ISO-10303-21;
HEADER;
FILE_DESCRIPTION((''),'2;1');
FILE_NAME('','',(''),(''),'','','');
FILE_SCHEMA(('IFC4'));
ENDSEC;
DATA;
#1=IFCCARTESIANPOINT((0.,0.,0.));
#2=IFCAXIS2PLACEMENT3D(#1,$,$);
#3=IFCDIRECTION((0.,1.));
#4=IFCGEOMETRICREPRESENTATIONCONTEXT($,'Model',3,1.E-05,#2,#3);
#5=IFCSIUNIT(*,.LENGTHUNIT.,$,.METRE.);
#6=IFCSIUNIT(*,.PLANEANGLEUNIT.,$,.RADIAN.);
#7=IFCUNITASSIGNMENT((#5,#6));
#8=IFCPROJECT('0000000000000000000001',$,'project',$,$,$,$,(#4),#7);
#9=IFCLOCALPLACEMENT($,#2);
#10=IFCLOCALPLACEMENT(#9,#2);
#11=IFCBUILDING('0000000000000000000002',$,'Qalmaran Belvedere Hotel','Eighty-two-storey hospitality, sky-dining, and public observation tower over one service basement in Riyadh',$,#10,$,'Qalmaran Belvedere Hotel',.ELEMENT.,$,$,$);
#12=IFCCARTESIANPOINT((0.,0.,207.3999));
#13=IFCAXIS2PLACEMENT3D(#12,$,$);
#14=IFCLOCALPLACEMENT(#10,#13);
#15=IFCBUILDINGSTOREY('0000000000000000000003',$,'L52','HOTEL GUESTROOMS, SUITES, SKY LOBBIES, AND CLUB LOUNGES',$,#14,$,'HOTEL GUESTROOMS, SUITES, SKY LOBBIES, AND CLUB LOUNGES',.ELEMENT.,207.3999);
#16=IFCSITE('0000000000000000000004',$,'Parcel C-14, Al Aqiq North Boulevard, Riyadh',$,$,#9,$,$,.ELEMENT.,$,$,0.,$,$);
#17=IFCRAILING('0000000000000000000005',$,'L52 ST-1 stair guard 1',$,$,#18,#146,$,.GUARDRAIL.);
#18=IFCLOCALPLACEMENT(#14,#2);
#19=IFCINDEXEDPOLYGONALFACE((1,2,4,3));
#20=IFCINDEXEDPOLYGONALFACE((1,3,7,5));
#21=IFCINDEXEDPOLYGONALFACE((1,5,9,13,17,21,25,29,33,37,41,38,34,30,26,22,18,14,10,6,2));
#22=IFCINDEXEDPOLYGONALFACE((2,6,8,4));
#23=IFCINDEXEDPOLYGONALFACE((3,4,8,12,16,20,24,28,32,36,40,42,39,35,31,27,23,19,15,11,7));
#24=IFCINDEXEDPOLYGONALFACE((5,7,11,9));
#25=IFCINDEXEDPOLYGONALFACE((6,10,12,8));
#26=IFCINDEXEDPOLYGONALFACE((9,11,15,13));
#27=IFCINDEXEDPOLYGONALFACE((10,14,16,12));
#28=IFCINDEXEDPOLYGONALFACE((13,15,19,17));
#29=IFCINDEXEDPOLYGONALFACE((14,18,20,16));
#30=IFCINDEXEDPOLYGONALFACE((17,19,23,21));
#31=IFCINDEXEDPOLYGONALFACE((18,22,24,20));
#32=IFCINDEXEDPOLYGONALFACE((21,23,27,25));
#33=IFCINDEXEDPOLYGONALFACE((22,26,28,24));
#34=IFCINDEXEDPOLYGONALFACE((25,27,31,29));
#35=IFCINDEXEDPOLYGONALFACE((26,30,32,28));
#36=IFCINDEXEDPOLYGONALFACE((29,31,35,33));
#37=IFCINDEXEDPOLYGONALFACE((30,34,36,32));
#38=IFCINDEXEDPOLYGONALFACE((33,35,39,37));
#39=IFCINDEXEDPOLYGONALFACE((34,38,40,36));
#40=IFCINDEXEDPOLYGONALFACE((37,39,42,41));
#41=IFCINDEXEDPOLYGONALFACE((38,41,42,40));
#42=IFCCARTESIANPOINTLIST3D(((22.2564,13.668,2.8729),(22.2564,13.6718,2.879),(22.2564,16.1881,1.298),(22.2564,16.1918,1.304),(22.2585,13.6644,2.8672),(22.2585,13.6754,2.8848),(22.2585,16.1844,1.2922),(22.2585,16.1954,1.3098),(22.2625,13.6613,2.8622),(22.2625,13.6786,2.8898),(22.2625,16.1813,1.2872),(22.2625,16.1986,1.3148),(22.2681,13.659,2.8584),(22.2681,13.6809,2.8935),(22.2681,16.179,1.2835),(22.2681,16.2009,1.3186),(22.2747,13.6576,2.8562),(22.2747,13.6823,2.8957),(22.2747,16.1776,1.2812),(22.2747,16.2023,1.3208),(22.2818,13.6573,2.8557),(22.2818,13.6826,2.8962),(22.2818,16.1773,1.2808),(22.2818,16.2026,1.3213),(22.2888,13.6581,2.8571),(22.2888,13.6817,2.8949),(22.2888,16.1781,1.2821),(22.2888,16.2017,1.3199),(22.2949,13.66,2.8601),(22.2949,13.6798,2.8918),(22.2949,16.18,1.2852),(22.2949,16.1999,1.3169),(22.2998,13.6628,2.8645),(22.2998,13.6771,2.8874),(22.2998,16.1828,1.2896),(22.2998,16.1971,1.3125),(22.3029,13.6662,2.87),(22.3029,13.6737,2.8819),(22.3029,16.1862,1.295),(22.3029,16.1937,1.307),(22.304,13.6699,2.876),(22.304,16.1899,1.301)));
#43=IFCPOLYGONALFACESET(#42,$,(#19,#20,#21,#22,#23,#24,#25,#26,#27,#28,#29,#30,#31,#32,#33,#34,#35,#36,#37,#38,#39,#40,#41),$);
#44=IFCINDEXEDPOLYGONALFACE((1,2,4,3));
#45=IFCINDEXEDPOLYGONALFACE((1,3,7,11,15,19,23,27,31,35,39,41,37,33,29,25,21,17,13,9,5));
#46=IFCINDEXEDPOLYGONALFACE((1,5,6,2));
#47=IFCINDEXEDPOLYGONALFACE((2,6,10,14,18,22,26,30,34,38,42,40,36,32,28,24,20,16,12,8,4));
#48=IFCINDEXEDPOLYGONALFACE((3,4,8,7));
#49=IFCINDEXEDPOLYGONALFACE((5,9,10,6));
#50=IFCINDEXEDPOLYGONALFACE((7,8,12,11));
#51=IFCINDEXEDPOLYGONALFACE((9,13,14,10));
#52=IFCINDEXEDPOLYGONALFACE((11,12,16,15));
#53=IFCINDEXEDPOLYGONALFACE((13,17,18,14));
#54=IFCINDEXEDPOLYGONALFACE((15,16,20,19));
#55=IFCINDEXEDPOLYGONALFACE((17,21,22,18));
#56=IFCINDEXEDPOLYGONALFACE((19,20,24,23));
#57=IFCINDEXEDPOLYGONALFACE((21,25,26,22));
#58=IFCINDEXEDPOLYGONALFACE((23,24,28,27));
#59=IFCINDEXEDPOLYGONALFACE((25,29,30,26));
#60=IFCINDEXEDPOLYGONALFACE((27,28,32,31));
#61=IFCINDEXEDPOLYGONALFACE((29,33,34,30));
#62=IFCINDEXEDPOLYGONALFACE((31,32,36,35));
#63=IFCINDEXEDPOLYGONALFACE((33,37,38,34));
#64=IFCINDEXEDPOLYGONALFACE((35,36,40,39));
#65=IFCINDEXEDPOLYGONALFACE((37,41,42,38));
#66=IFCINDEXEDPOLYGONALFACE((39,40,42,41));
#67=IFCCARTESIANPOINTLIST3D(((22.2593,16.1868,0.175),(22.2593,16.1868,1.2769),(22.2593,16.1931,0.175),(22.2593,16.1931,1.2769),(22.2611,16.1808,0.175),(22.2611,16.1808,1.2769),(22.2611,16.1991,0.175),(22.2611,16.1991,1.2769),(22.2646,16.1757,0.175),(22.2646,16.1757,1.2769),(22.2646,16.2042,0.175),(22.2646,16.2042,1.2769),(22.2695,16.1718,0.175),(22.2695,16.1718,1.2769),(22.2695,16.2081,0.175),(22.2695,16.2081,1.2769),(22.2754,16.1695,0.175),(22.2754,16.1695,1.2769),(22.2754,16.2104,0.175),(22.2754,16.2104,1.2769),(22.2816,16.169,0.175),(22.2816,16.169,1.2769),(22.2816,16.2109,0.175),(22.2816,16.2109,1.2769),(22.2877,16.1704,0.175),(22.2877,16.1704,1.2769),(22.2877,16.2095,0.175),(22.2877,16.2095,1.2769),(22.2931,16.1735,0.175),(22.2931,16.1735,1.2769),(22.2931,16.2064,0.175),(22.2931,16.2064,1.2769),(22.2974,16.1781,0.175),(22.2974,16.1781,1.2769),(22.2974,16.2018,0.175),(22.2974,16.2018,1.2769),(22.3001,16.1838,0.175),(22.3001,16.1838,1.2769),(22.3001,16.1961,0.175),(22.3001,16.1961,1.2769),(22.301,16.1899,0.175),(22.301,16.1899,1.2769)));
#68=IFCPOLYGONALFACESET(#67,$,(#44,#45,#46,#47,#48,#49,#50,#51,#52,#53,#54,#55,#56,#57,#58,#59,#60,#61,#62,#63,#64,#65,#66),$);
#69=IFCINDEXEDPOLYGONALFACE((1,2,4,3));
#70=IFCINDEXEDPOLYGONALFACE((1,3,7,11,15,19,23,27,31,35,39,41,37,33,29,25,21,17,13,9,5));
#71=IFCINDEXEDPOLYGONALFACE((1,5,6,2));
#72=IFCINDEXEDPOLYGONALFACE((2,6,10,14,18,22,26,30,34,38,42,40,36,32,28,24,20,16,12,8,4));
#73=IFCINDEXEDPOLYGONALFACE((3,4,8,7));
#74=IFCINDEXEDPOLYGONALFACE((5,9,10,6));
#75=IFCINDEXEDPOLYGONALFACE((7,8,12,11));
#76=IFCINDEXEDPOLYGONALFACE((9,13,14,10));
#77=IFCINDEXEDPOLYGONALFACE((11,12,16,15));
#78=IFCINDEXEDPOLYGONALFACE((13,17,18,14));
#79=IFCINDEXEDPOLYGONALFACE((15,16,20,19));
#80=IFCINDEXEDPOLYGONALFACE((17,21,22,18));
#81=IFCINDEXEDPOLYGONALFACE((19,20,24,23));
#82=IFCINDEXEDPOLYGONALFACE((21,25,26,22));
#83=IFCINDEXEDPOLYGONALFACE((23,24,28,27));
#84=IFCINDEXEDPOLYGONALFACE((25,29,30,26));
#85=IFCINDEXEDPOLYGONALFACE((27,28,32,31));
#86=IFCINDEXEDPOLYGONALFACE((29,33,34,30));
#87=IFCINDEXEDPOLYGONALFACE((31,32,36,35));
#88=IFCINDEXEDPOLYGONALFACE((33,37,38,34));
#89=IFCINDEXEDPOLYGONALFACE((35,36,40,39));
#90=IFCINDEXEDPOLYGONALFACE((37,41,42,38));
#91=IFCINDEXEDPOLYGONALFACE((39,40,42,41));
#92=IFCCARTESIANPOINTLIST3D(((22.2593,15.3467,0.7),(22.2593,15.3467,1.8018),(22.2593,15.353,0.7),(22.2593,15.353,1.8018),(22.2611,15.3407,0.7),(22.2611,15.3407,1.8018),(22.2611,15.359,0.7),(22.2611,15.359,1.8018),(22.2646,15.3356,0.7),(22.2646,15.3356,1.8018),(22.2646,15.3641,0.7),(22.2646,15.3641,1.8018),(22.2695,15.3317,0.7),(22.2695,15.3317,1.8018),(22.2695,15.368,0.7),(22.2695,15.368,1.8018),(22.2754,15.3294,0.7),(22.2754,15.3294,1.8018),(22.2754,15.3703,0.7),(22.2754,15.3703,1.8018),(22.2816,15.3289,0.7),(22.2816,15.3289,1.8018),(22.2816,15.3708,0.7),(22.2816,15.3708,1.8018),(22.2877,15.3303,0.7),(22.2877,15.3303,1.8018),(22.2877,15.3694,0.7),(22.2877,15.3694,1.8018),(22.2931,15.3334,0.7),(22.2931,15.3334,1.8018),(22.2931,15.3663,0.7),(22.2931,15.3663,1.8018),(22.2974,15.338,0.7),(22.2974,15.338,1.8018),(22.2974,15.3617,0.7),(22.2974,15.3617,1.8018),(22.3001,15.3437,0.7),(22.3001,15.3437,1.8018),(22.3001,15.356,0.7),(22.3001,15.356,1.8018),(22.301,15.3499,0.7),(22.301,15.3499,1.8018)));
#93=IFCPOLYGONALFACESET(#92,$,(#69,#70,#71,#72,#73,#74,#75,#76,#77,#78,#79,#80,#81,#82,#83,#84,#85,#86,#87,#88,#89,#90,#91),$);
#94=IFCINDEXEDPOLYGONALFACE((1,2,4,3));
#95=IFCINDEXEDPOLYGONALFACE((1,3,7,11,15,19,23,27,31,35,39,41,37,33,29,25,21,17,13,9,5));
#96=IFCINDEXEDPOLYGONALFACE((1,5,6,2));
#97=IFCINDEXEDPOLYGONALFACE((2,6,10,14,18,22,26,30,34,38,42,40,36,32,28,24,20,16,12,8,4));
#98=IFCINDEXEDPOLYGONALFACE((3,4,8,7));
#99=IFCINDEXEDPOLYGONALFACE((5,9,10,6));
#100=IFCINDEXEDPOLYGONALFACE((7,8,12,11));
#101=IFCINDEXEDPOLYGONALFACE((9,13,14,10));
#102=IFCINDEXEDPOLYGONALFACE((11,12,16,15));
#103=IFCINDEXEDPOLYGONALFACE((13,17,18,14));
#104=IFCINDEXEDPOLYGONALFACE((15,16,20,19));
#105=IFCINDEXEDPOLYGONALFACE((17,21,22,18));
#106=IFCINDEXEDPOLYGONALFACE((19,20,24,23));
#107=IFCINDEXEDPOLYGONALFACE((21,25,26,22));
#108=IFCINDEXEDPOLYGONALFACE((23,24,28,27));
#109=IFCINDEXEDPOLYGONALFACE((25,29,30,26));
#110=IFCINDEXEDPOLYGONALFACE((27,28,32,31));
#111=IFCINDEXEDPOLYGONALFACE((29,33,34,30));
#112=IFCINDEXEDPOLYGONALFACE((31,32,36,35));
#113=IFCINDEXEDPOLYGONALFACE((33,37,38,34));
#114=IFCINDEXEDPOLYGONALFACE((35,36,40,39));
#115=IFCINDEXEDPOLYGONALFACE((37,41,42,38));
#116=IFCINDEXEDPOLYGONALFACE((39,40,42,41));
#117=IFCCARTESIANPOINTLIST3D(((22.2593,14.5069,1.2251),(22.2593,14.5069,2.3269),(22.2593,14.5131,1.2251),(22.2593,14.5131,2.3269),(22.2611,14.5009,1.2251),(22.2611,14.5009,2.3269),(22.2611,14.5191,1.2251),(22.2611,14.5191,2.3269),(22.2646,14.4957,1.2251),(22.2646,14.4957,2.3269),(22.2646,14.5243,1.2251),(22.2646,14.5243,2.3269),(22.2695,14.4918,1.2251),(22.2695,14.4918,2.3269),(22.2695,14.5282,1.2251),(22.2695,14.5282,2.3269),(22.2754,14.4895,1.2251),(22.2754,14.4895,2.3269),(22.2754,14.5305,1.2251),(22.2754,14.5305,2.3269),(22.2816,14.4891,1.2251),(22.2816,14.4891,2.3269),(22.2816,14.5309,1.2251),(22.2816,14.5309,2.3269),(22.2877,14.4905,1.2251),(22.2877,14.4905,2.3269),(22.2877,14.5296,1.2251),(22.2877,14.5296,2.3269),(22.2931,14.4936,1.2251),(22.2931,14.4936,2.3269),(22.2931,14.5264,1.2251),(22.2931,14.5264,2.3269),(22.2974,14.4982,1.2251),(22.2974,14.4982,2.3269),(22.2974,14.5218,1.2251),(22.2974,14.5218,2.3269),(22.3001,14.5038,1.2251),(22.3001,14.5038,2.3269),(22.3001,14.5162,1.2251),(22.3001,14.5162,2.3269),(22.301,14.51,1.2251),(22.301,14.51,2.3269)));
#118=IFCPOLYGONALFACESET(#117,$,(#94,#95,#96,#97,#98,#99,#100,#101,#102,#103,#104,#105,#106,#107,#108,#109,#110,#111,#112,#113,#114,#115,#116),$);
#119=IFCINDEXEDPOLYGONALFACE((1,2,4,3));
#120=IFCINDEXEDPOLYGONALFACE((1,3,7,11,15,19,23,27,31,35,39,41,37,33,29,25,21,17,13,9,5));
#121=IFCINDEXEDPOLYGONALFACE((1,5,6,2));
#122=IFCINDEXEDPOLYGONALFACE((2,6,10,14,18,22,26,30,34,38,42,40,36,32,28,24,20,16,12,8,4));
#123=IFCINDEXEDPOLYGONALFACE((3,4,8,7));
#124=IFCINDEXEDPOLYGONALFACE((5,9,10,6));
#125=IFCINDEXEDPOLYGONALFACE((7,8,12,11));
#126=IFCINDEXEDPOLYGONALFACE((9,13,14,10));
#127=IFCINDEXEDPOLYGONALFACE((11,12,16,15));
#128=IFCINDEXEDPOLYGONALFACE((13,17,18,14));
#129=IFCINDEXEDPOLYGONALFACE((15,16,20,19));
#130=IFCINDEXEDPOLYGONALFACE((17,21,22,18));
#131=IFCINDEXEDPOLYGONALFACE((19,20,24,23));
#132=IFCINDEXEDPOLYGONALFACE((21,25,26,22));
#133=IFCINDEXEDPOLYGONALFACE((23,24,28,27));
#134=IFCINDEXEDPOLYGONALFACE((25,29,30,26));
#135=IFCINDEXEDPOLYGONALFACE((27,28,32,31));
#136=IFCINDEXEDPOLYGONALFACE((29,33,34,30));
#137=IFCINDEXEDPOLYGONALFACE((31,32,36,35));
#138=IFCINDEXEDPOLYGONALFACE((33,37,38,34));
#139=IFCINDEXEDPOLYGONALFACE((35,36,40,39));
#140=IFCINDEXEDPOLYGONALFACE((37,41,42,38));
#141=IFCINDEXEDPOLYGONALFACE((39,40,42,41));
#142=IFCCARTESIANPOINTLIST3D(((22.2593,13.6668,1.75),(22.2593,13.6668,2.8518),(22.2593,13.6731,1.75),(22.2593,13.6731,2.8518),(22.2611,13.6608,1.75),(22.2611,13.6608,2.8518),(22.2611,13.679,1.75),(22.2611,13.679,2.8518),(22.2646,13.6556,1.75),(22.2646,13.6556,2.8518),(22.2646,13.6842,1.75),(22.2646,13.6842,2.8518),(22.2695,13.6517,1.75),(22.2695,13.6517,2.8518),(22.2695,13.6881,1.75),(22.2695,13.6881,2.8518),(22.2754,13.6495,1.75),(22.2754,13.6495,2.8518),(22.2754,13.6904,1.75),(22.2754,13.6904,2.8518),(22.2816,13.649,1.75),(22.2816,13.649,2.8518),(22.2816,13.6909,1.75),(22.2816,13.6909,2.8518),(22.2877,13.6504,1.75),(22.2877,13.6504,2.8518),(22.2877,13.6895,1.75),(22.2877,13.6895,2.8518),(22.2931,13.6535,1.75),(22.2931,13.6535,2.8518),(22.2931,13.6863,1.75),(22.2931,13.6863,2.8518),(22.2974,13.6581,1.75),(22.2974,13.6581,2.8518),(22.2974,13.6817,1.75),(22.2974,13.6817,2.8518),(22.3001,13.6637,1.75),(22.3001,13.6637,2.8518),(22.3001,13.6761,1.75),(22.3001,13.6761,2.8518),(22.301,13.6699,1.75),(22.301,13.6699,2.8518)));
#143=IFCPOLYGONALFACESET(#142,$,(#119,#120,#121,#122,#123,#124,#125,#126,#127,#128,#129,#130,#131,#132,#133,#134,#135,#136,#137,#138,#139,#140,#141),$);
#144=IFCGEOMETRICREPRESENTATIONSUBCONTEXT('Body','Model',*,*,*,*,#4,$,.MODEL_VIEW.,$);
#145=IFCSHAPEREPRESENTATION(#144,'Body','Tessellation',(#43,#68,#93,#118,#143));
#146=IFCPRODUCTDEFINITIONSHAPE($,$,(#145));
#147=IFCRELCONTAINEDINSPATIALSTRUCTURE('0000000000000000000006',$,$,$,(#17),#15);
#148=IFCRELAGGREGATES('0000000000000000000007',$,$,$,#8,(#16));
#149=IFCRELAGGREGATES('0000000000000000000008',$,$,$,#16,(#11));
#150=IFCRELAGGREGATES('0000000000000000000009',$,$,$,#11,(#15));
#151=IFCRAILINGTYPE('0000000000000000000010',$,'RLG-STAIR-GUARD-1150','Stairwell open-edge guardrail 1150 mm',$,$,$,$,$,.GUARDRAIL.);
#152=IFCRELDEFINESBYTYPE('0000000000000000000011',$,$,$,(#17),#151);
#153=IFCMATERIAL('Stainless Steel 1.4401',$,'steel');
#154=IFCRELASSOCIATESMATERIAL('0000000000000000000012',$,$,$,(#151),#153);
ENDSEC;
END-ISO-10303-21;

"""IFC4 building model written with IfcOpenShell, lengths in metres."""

from ifc_helpers import new_model, si_unit, direction, frame, origin, origin_2d, place, context, subcontext, project, spatial, circle, extrude, material, type_object, element, save


model = new_model("IFC4")

# Units and contexts
model_context = context("Model", 3, precision=1e-05, world=origin(), true_north=direction((0.0, 1.0)))
body_context = subcontext(model_context, "Body", "Model", "MODEL_VIEW")
ifc_project = project(units=[si_unit("LENGTHUNIT", "METRE"), si_unit("PLANEANGLEUNIT", "RADIAN")], contexts=[model_context])

# Site, building, storey
site_placement = place(None, origin())
site = spatial("IfcSite", under=ifc_project, at=site_placement, Name="Parcel C-14, Al Aqiq North Boulevard, Riyadh", CompositionType="ELEMENT", RefElevation=0.0)
building_placement = place(site_placement, origin())
building = spatial("IfcBuilding", under=site, at=building_placement, Name="Qalmaran Belvedere Hotel", Description="Eighty-two-storey hospitality, sky-dining, and public observation tower over one service basement in Riyadh", LongName="Qalmaran Belvedere Hotel", CompositionType="ELEMENT")
storey_placement = place(building_placement, frame((0.0, 0.0, 207.3999)))
storey = spatial("IfcBuildingStorey", under=building, at=storey_placement, Name="L52", Description="HOTEL GUESTROOMS, SUITES, SKY LOBBIES, AND CLUB LOUNGES", LongName="HOTEL GUESTROOMS, SUITES, SKY LOBBIES, AND CLUB LOUNGES", CompositionType="ELEMENT", Elevation=207.3999)

# Shared definitions
ifc_material_1 = material(Name="Stainless Steel 1.4401", Category="steel")

# Railing
railing_type_1 = type_object("IfcRailingType", Name="RLG-STAIR-GUARD-1150", Description="Stairwell open-edge guardrail 1150 mm", PredefinedType="GUARDRAIL", material=ifc_material_1)
railing_1_placement = place(storey_placement, frame((22.28, 16.1899, 0.175)))
element("IfcRailing", 1, at=railing_1_placement, inside=storey, type_object=railing_type_1, Name="L52 ST-1 stair guard 1", PredefinedType="GUARDRAIL", context=body_context, shape_type="SweptSolid", body=[
    extrude(circle(Radius=0.0239, at=origin_2d()), frame((0.0, 0.0, 1.126), z_axis=(0.0, -0.848008, 0.529984), x_axis=(1.0, 0.0, 0.0)), (0.0, 0.0, 1.0), 2.9717),
    extrude(circle(Radius=0.021, at=origin_2d()), origin(), (0.0, 0.0, 1.0), 1.1018),
    extrude(circle(Radius=0.021, at=origin_2d()), frame((0.0, -0.8401, 0.5249)), (0.0, 0.0, 1.0), 1.1018),
    extrude(circle(Radius=0.021, at=origin_2d()), frame((0.0, -1.6799, 1.05)), (0.0, 0.0, 1.0), 1.1018),
    extrude(circle(Radius=0.021, at=origin_2d()), frame((0.0, -2.52, 1.575)), (0.0, 0.0, 1.0), 1.1018),
])

save(model, "model.ifc")
